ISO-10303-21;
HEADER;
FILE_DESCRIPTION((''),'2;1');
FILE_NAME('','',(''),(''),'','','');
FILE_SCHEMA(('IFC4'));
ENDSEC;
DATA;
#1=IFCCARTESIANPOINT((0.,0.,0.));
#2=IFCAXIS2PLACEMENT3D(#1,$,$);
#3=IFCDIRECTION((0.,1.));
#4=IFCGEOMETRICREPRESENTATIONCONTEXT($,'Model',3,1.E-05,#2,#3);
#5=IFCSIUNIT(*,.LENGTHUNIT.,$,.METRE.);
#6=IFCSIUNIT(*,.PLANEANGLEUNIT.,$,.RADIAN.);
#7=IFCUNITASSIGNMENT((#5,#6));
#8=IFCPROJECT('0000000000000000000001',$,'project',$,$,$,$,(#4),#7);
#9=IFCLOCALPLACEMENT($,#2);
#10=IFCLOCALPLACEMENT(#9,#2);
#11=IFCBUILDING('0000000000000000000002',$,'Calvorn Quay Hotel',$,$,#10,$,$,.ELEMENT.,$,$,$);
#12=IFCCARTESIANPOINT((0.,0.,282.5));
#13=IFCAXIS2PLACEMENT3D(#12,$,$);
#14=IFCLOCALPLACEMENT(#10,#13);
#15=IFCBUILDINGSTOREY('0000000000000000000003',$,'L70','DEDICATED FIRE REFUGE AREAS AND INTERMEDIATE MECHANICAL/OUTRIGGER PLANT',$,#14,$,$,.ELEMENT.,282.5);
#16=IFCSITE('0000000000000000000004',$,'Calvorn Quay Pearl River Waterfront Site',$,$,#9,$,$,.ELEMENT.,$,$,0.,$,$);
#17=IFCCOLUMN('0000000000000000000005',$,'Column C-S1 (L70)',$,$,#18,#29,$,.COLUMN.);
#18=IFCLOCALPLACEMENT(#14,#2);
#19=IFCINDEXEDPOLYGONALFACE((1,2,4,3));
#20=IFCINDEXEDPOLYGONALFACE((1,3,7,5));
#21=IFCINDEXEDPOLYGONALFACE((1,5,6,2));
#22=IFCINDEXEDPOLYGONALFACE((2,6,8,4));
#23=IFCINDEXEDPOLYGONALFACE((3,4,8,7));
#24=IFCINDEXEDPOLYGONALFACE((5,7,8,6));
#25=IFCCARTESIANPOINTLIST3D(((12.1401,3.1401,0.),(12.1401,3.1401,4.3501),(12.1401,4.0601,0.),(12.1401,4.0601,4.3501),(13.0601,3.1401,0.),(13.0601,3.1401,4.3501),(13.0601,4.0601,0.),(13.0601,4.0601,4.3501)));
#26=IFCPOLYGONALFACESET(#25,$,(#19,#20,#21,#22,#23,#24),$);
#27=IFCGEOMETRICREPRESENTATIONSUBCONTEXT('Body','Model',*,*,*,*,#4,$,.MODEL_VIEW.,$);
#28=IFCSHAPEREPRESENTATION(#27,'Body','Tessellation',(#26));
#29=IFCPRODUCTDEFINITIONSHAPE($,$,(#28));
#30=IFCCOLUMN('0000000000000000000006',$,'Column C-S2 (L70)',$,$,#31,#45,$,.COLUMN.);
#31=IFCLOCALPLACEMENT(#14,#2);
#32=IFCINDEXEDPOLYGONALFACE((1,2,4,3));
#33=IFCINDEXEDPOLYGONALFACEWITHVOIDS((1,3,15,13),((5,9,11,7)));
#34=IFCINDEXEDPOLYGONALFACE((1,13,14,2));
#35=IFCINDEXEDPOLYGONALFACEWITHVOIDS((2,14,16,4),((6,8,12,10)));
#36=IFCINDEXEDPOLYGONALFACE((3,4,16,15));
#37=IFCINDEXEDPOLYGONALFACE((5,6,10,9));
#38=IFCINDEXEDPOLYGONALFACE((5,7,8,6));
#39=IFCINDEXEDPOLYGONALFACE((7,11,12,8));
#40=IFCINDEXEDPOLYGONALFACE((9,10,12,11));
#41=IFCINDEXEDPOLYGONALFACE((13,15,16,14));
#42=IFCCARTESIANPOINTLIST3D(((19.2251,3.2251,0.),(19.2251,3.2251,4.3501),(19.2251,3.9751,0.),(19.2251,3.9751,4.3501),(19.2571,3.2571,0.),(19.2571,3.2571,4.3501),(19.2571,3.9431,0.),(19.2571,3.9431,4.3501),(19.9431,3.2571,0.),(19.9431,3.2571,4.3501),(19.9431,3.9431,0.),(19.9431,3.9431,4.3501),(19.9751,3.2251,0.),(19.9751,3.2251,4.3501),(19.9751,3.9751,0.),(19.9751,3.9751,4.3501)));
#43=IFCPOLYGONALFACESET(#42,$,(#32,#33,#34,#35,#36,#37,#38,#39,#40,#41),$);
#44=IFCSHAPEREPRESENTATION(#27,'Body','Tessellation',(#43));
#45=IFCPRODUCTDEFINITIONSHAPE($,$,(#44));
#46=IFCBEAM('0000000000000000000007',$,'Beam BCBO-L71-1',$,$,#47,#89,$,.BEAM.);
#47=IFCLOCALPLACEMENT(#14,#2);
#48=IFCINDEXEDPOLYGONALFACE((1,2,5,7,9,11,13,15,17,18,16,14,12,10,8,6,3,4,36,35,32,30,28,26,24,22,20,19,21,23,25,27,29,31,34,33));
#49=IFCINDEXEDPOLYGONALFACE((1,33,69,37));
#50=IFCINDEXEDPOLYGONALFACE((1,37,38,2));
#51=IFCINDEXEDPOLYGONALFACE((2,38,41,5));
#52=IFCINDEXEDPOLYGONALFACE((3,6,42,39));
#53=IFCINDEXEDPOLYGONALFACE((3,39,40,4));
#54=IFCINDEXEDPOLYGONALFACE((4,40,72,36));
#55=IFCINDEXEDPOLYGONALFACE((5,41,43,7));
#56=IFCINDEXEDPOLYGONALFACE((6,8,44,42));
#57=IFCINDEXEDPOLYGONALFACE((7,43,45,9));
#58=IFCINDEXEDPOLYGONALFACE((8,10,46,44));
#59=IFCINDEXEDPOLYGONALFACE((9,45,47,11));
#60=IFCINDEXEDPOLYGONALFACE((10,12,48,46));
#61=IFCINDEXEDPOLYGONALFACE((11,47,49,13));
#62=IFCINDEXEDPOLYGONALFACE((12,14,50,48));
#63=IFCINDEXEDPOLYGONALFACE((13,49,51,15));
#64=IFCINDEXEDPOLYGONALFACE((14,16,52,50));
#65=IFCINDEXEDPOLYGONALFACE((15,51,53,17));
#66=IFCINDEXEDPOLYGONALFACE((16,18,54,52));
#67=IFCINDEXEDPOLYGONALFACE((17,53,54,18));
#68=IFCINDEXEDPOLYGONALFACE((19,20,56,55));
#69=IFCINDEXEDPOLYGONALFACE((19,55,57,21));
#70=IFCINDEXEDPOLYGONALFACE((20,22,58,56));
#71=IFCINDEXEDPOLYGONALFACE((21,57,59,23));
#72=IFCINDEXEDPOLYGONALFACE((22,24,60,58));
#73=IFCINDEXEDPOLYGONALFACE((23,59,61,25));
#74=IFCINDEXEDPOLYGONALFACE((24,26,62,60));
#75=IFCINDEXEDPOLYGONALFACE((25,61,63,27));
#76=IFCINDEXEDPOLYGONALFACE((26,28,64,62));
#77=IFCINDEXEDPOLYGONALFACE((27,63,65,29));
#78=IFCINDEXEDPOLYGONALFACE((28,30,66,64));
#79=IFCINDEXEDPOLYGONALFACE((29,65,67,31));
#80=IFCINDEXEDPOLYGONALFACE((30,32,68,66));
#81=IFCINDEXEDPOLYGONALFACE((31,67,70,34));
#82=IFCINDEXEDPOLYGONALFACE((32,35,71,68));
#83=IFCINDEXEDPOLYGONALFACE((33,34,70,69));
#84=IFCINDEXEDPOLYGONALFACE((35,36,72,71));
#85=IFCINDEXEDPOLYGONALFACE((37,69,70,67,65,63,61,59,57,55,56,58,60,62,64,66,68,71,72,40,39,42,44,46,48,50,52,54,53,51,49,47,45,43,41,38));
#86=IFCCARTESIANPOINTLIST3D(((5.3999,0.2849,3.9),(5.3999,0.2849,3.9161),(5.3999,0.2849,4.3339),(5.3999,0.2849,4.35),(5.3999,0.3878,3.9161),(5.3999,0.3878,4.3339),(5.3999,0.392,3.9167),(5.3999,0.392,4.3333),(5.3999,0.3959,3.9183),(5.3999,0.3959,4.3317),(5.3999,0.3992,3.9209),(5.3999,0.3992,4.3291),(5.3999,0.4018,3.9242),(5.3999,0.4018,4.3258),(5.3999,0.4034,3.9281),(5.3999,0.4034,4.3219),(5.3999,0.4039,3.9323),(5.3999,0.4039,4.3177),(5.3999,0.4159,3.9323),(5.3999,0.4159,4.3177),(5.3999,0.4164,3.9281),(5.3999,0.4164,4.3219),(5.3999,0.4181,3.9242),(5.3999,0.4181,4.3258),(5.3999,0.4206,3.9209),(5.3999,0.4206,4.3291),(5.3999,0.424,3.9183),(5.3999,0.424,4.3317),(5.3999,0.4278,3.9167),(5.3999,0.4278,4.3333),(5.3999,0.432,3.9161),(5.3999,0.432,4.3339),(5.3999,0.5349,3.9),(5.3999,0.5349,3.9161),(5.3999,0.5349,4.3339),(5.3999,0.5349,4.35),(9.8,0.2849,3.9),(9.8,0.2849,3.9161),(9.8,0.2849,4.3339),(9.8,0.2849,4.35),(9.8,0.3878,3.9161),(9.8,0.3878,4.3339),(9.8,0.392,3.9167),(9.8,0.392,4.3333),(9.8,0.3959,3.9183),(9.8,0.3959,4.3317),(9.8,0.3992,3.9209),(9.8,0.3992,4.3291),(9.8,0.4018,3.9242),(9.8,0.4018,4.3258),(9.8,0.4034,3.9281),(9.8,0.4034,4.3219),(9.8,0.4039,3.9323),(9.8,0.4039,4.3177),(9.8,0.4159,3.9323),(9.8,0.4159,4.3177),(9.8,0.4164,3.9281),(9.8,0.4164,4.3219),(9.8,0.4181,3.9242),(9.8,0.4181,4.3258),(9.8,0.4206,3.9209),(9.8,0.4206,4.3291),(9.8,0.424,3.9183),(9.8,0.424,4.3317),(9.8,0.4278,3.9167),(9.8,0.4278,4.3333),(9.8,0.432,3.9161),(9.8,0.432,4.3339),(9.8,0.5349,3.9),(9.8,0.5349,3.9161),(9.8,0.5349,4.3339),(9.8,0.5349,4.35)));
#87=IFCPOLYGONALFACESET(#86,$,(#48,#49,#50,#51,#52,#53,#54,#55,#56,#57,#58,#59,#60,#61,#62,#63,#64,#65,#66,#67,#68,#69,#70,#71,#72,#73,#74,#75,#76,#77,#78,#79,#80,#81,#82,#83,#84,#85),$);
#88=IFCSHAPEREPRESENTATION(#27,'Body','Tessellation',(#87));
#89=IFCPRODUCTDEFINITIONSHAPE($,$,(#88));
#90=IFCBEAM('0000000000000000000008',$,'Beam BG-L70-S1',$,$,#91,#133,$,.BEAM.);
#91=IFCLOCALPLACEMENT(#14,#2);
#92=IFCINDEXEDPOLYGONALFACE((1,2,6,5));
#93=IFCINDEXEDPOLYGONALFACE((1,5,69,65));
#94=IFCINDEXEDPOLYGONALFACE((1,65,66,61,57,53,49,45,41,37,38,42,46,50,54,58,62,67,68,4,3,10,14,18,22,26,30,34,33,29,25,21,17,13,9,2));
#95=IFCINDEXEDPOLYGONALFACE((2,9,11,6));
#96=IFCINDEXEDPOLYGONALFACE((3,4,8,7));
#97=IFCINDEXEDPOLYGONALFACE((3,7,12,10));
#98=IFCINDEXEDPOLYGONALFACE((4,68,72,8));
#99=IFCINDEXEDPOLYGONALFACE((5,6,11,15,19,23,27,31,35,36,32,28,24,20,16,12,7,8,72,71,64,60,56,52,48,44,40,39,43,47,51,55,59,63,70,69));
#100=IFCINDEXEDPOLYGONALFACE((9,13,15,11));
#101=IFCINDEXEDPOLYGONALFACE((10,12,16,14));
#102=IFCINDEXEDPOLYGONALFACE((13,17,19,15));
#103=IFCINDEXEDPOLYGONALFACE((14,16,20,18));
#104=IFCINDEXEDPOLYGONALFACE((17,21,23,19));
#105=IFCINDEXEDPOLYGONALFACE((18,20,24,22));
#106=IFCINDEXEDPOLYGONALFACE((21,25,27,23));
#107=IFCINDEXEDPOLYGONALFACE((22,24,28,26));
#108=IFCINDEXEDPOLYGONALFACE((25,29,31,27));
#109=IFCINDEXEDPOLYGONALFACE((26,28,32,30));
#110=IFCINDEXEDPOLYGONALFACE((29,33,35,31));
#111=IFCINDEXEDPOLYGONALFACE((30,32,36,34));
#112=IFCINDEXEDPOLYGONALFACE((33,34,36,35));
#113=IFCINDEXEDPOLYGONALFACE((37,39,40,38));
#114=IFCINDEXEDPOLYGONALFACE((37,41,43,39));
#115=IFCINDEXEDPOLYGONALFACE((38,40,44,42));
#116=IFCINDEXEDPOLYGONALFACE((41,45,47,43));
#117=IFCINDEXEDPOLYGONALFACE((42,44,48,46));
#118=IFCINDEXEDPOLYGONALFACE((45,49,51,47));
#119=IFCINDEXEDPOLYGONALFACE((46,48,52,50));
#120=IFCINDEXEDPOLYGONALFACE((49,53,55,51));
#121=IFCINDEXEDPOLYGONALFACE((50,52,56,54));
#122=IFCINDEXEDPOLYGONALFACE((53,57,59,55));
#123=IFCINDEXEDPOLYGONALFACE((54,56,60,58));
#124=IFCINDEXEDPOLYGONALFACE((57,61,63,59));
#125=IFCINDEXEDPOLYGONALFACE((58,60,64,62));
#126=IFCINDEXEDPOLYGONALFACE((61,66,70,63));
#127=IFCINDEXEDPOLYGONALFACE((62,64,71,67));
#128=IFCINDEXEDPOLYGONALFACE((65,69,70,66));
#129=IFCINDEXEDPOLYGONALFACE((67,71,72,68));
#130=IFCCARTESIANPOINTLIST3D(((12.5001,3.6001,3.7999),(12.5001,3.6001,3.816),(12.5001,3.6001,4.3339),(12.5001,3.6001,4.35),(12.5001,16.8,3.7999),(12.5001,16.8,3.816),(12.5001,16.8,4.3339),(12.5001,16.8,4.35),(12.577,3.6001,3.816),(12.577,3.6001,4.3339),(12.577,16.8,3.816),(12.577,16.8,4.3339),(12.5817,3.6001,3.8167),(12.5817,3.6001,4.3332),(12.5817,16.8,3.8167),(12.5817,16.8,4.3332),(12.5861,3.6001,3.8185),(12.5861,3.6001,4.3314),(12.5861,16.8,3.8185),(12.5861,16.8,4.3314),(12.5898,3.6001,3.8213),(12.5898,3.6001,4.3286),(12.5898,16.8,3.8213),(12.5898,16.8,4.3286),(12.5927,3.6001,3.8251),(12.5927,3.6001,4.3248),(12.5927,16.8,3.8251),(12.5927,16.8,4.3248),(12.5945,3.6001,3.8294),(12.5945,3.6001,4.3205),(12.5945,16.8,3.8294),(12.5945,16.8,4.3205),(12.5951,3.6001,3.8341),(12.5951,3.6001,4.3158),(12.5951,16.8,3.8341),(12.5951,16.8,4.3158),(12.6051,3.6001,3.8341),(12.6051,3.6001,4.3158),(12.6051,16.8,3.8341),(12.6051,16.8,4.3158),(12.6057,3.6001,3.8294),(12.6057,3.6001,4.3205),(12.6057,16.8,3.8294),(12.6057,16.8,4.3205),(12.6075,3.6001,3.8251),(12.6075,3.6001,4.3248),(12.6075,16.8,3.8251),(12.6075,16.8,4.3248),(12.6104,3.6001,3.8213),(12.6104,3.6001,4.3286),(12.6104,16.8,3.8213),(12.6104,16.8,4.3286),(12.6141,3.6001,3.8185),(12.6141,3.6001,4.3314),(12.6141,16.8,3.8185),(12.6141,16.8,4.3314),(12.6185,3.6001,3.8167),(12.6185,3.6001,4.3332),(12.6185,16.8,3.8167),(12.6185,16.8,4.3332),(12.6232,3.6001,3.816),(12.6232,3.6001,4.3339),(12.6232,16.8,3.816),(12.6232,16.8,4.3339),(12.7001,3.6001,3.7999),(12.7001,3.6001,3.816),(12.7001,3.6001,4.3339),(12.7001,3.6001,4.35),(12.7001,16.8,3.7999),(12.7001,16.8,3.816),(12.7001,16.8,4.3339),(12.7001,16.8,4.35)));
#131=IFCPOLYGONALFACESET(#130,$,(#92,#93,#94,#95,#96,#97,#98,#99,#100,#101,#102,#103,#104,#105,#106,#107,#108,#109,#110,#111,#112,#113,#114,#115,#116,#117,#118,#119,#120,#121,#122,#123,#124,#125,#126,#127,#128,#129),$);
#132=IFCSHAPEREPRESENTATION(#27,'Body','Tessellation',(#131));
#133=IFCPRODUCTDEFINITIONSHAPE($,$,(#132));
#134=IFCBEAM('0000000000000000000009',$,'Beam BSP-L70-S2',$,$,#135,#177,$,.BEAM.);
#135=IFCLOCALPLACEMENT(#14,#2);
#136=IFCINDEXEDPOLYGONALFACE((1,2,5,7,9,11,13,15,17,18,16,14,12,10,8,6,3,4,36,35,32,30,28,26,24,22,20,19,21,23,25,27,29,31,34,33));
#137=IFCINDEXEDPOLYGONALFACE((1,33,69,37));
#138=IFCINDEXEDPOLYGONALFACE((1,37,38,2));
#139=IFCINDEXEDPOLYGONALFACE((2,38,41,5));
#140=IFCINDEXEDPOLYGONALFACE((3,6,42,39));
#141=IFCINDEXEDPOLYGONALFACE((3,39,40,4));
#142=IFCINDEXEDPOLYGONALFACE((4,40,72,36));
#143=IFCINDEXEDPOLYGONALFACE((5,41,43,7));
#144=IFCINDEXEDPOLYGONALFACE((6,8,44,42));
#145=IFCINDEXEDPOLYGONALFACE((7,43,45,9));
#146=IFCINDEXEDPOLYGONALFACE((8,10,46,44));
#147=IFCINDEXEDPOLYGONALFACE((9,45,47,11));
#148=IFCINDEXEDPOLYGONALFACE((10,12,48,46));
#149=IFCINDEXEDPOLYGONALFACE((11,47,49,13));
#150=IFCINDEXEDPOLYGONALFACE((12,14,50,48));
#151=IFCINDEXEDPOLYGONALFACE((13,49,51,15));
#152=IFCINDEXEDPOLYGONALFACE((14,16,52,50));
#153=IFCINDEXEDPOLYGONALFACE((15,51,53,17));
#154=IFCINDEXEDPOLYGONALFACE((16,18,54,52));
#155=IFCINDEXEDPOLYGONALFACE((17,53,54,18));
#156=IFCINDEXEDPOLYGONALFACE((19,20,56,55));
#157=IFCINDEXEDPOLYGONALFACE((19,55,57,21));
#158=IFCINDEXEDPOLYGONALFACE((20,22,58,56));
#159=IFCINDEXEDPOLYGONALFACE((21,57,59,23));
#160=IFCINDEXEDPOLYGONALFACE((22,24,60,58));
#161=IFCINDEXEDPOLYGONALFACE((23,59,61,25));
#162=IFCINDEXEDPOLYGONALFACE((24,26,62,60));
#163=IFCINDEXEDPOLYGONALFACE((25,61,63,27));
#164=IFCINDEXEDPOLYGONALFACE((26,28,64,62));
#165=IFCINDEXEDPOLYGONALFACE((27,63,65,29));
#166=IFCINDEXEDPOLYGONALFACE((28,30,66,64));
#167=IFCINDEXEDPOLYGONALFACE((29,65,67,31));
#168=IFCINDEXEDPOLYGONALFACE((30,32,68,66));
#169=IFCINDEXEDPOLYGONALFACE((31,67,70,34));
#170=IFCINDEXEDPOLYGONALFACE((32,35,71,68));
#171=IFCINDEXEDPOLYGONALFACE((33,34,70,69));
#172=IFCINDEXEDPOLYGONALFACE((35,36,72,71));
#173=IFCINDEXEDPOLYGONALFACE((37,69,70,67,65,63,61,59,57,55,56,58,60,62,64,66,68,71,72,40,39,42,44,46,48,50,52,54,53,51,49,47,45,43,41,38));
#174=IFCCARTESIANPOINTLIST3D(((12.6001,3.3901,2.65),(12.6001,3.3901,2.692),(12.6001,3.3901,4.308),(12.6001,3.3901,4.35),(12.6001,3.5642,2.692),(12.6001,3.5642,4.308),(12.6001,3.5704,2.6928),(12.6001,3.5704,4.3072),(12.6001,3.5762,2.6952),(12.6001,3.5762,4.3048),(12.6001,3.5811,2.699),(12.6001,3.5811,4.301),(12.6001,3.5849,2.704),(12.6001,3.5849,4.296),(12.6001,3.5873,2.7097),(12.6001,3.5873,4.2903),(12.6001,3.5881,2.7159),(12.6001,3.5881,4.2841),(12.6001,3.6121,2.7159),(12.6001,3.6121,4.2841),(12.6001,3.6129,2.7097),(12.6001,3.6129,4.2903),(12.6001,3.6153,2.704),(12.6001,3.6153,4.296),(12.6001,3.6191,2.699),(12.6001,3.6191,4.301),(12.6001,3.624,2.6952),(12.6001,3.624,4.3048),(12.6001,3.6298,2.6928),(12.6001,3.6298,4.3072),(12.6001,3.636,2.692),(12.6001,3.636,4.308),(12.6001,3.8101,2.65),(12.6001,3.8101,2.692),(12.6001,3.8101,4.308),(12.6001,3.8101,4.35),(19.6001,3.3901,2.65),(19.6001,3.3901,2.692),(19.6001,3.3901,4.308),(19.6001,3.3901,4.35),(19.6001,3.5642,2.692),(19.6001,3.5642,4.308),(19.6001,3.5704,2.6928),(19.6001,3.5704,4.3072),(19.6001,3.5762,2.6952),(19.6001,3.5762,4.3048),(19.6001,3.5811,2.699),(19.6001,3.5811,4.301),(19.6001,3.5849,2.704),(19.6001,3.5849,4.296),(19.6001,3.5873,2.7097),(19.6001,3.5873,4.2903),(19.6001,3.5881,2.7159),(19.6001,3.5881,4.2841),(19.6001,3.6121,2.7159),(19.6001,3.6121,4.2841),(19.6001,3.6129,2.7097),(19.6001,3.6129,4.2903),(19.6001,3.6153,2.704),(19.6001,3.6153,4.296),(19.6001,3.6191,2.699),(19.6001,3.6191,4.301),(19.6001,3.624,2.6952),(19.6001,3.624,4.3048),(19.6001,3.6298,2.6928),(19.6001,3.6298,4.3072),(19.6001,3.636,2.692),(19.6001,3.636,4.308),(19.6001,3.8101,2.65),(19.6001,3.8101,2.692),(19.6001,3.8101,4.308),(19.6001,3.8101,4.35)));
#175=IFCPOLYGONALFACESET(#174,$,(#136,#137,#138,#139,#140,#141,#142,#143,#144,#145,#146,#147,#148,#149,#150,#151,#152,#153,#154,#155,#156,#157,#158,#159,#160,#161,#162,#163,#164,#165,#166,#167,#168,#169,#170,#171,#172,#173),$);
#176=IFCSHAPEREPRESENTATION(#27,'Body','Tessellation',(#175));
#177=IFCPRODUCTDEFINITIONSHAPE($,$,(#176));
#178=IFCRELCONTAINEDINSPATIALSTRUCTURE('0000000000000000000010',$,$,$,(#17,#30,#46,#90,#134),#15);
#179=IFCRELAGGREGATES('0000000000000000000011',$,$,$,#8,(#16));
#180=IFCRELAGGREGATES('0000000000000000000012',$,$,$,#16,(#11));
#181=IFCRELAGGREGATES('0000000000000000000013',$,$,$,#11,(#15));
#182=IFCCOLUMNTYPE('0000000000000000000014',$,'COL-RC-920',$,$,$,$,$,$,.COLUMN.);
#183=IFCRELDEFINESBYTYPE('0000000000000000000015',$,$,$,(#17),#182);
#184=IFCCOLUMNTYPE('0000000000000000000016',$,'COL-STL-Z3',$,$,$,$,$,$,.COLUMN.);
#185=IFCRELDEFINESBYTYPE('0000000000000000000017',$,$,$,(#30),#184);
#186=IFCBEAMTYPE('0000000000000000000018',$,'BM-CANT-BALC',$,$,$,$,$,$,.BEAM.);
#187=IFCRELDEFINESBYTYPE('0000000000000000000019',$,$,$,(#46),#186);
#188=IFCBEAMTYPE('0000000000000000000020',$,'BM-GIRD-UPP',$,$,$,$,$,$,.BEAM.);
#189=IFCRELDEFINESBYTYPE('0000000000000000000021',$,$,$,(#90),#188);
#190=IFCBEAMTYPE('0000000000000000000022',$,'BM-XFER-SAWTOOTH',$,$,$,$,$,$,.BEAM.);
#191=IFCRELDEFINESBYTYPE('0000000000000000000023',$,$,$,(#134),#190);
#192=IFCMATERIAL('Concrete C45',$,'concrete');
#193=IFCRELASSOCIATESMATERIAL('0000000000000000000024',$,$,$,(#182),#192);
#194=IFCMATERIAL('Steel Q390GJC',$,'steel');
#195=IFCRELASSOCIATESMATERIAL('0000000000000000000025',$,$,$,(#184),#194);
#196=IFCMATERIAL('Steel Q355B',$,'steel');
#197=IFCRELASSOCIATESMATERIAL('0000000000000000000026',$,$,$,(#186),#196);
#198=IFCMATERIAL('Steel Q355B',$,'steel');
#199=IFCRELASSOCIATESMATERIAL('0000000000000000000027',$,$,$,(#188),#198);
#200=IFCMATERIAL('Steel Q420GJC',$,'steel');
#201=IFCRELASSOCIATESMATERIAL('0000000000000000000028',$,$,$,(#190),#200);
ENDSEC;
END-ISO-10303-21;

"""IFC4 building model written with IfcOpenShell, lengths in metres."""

from ifc_helpers import new_model, si_unit, direction, frame, origin, origin_2d, place, context, subcontext, project, spatial, rectangle, hollow_rectangle, i_section, extrude, material, material_profile, profile_set, type_object, element, save


model = new_model("IFC4")

# Units and contexts
model_context = context("Model", 3, precision=1e-05, world=origin(), true_north=direction((0.0, 1.0)))
body_context = subcontext(model_context, "Body", "Model", "MODEL_VIEW")
ifc_project = project(units=[si_unit("LENGTHUNIT", "METRE"), si_unit("PLANEANGLEUNIT", "RADIAN")], contexts=[model_context])

# Site, building, storey
site_placement = place(None, origin())
site = spatial("IfcSite", under=ifc_project, at=site_placement, Name="Calvorn Quay Pearl River Waterfront Site", CompositionType="ELEMENT", RefElevation=0.0)
building_placement = place(site_placement, origin())
building = spatial("IfcBuilding", under=site, at=building_placement, Name="Calvorn Quay Hotel", CompositionType="ELEMENT")
storey_placement = place(building_placement, frame((0.0, 0.0, 282.5)))
storey = spatial("IfcBuildingStorey", under=building, at=storey_placement, Name="L70", Description="DEDICATED FIRE REFUGE AREAS AND INTERMEDIATE MECHANICAL/OUTRIGGER PLANT", CompositionType="ELEMENT", Elevation=282.5)

# Columns
ifc_material_1 = material(Name="Concrete C45", Category="concrete")
ifc_material_profile_1 = material_profile(ifc_material_1, rectangle(XDim=0.9199, YDim=0.9199, at=origin_2d()), Name="RC920x920")
ifc_profile_set_1 = profile_set([ifc_material_profile_1], Name="Concrete C45")
column_type_1 = type_object("IfcColumnType", Name="COL-RC-920", PredefinedType="COLUMN", material=ifc_profile_set_1)
column_1_placement = place(storey_placement, frame((12.6001, 3.6001, 0.0), z_axis=(0.0, 0.0, 1.0), x_axis=(1.0, 0.0, 0.0)))
element("IfcColumn", 1, at=column_1_placement, inside=storey, type_object=column_type_1, Name="Column C-S1 (L70)", PredefinedType="COLUMN", context=body_context, shape_type="SweptSolid", body=[
    extrude(rectangle(XDim=0.9199, YDim=0.9199, at=origin_2d()), origin(), (0.0, 0.0, 1.0), 4.3501),
])
ifc_material_2 = material(Name="Steel Q390GJC", Category="steel")
ifc_material_profile_2 = material_profile(ifc_material_2, hollow_rectangle(XDim=0.75, YDim=0.75, WallThickness=0.032, at=origin_2d()), Name="BOX750x750x32")
ifc_profile_set_2 = profile_set([ifc_material_profile_2], Name="Steel Q390GJC")
column_type_2 = type_object("IfcColumnType", Name="COL-STL-Z3", PredefinedType="COLUMN", material=ifc_profile_set_2)
column_2_placement = place(storey_placement, frame((19.6001, 3.6001, 0.0), z_axis=(0.0, 0.0, 1.0), x_axis=(1.0, 0.0, 0.0)))
element("IfcColumn", 2, at=column_2_placement, inside=storey, type_object=column_type_2, Name="Column C-S2 (L70)", PredefinedType="COLUMN", context=body_context, shape_type="SweptSolid", body=[
    extrude(hollow_rectangle(XDim=0.75, YDim=0.75, WallThickness=0.032, at=origin_2d()), origin(), (0.0, 0.0, 1.0), 4.3501),
])

# Beams
ifc_material_3 = material(Name="Steel Q355B", Category="steel")
ifc_material_profile_3 = material_profile(ifc_material_3, i_section(OverallWidth=0.25, OverallDepth=0.45, WebThickness=0.012, FlangeThickness=0.0161, FilletRadius=0.0161, at=origin_2d()), Name="HN450x250x12x16")
ifc_profile_set_3 = profile_set([ifc_material_profile_3], Name="Steel Q355B")
beam_type_1 = type_object("IfcBeamType", Name="BM-CANT-BALC", PredefinedType="BEAM", material=ifc_profile_set_3)
beam_1_placement = place(storey_placement, frame((5.3999, 0.4099, 4.125), z_axis=(1.0, 0.0, 0.0), x_axis=(0.0, 1.0, 0.0)))
element("IfcBeam", 3, at=beam_1_placement, inside=storey, type_object=beam_type_1, Name="Beam BCBO-L71-1", PredefinedType="BEAM", context=body_context, shape_type="SweptSolid", body=[
    extrude(i_section(OverallWidth=0.25, OverallDepth=0.45, WebThickness=0.012, FlangeThickness=0.0161, FilletRadius=0.0161, at=origin_2d()), origin(), (0.0, 0.0, 1.0), 4.4001),
])
ifc_material_4 = material(Name="Steel Q355B", Category="steel")
ifc_material_profile_4 = material_profile(ifc_material_4, i_section(OverallWidth=0.2, OverallDepth=0.55, WebThickness=0.01, FlangeThickness=0.0161, FilletRadius=0.0181, at=origin_2d()), Name="HN550x200x10x16")
ifc_profile_set_4 = profile_set([ifc_material_profile_4], Name="Steel Q355B")
beam_type_2 = type_object("IfcBeamType", Name="BM-GIRD-UPP", PredefinedType="BEAM", material=ifc_profile_set_4)
beam_2_placement = place(storey_placement, frame((12.6001, 3.6001, 4.075), z_axis=(0.0, 1.0, 0.0), x_axis=(-1.0, 0.0, 0.0)))
element("IfcBeam", 4, at=beam_2_placement, inside=storey, type_object=beam_type_2, Name="Beam BG-L70-S1", PredefinedType="BEAM", context=body_context, shape_type="SweptSolid", body=[
    extrude(i_section(OverallWidth=0.2, OverallDepth=0.55, WebThickness=0.01, FlangeThickness=0.0161, FilletRadius=0.0181, at=origin_2d()), origin(), (0.0, 0.0, 1.0), 13.2),
])
ifc_material_5 = material(Name="Steel Q420GJC", Category="steel")
ifc_material_profile_5 = material_profile(ifc_material_5, i_section(OverallWidth=0.4199, OverallDepth=1.7, WebThickness=0.0239, FlangeThickness=0.042, FilletRadius=0.0239, at=origin_2d()), Name="HN1700x420x24x42")
ifc_profile_set_5 = profile_set([ifc_material_profile_5], Name="Steel Q420GJC")
beam_type_3 = type_object("IfcBeamType", Name="BM-XFER-SAWTOOTH", PredefinedType="BEAM", material=ifc_profile_set_5)
beam_3_placement = place(storey_placement, frame((12.6001, 3.6001, 3.5), z_axis=(1.0, 0.0, 0.0), x_axis=(0.0, 1.0, 0.0)))
element("IfcBeam", 5, at=beam_3_placement, inside=storey, type_object=beam_type_3, Name="Beam BSP-L70-S2", PredefinedType="BEAM", context=body_context, shape_type="SweptSolid", body=[
    extrude(i_section(OverallWidth=0.4199, OverallDepth=1.7, WebThickness=0.0239, FlangeThickness=0.042, FilletRadius=0.0239, at=origin_2d()), origin(), (0.0, 0.0, 1.0), 7.0),
])

save(model, "model.ifc")
